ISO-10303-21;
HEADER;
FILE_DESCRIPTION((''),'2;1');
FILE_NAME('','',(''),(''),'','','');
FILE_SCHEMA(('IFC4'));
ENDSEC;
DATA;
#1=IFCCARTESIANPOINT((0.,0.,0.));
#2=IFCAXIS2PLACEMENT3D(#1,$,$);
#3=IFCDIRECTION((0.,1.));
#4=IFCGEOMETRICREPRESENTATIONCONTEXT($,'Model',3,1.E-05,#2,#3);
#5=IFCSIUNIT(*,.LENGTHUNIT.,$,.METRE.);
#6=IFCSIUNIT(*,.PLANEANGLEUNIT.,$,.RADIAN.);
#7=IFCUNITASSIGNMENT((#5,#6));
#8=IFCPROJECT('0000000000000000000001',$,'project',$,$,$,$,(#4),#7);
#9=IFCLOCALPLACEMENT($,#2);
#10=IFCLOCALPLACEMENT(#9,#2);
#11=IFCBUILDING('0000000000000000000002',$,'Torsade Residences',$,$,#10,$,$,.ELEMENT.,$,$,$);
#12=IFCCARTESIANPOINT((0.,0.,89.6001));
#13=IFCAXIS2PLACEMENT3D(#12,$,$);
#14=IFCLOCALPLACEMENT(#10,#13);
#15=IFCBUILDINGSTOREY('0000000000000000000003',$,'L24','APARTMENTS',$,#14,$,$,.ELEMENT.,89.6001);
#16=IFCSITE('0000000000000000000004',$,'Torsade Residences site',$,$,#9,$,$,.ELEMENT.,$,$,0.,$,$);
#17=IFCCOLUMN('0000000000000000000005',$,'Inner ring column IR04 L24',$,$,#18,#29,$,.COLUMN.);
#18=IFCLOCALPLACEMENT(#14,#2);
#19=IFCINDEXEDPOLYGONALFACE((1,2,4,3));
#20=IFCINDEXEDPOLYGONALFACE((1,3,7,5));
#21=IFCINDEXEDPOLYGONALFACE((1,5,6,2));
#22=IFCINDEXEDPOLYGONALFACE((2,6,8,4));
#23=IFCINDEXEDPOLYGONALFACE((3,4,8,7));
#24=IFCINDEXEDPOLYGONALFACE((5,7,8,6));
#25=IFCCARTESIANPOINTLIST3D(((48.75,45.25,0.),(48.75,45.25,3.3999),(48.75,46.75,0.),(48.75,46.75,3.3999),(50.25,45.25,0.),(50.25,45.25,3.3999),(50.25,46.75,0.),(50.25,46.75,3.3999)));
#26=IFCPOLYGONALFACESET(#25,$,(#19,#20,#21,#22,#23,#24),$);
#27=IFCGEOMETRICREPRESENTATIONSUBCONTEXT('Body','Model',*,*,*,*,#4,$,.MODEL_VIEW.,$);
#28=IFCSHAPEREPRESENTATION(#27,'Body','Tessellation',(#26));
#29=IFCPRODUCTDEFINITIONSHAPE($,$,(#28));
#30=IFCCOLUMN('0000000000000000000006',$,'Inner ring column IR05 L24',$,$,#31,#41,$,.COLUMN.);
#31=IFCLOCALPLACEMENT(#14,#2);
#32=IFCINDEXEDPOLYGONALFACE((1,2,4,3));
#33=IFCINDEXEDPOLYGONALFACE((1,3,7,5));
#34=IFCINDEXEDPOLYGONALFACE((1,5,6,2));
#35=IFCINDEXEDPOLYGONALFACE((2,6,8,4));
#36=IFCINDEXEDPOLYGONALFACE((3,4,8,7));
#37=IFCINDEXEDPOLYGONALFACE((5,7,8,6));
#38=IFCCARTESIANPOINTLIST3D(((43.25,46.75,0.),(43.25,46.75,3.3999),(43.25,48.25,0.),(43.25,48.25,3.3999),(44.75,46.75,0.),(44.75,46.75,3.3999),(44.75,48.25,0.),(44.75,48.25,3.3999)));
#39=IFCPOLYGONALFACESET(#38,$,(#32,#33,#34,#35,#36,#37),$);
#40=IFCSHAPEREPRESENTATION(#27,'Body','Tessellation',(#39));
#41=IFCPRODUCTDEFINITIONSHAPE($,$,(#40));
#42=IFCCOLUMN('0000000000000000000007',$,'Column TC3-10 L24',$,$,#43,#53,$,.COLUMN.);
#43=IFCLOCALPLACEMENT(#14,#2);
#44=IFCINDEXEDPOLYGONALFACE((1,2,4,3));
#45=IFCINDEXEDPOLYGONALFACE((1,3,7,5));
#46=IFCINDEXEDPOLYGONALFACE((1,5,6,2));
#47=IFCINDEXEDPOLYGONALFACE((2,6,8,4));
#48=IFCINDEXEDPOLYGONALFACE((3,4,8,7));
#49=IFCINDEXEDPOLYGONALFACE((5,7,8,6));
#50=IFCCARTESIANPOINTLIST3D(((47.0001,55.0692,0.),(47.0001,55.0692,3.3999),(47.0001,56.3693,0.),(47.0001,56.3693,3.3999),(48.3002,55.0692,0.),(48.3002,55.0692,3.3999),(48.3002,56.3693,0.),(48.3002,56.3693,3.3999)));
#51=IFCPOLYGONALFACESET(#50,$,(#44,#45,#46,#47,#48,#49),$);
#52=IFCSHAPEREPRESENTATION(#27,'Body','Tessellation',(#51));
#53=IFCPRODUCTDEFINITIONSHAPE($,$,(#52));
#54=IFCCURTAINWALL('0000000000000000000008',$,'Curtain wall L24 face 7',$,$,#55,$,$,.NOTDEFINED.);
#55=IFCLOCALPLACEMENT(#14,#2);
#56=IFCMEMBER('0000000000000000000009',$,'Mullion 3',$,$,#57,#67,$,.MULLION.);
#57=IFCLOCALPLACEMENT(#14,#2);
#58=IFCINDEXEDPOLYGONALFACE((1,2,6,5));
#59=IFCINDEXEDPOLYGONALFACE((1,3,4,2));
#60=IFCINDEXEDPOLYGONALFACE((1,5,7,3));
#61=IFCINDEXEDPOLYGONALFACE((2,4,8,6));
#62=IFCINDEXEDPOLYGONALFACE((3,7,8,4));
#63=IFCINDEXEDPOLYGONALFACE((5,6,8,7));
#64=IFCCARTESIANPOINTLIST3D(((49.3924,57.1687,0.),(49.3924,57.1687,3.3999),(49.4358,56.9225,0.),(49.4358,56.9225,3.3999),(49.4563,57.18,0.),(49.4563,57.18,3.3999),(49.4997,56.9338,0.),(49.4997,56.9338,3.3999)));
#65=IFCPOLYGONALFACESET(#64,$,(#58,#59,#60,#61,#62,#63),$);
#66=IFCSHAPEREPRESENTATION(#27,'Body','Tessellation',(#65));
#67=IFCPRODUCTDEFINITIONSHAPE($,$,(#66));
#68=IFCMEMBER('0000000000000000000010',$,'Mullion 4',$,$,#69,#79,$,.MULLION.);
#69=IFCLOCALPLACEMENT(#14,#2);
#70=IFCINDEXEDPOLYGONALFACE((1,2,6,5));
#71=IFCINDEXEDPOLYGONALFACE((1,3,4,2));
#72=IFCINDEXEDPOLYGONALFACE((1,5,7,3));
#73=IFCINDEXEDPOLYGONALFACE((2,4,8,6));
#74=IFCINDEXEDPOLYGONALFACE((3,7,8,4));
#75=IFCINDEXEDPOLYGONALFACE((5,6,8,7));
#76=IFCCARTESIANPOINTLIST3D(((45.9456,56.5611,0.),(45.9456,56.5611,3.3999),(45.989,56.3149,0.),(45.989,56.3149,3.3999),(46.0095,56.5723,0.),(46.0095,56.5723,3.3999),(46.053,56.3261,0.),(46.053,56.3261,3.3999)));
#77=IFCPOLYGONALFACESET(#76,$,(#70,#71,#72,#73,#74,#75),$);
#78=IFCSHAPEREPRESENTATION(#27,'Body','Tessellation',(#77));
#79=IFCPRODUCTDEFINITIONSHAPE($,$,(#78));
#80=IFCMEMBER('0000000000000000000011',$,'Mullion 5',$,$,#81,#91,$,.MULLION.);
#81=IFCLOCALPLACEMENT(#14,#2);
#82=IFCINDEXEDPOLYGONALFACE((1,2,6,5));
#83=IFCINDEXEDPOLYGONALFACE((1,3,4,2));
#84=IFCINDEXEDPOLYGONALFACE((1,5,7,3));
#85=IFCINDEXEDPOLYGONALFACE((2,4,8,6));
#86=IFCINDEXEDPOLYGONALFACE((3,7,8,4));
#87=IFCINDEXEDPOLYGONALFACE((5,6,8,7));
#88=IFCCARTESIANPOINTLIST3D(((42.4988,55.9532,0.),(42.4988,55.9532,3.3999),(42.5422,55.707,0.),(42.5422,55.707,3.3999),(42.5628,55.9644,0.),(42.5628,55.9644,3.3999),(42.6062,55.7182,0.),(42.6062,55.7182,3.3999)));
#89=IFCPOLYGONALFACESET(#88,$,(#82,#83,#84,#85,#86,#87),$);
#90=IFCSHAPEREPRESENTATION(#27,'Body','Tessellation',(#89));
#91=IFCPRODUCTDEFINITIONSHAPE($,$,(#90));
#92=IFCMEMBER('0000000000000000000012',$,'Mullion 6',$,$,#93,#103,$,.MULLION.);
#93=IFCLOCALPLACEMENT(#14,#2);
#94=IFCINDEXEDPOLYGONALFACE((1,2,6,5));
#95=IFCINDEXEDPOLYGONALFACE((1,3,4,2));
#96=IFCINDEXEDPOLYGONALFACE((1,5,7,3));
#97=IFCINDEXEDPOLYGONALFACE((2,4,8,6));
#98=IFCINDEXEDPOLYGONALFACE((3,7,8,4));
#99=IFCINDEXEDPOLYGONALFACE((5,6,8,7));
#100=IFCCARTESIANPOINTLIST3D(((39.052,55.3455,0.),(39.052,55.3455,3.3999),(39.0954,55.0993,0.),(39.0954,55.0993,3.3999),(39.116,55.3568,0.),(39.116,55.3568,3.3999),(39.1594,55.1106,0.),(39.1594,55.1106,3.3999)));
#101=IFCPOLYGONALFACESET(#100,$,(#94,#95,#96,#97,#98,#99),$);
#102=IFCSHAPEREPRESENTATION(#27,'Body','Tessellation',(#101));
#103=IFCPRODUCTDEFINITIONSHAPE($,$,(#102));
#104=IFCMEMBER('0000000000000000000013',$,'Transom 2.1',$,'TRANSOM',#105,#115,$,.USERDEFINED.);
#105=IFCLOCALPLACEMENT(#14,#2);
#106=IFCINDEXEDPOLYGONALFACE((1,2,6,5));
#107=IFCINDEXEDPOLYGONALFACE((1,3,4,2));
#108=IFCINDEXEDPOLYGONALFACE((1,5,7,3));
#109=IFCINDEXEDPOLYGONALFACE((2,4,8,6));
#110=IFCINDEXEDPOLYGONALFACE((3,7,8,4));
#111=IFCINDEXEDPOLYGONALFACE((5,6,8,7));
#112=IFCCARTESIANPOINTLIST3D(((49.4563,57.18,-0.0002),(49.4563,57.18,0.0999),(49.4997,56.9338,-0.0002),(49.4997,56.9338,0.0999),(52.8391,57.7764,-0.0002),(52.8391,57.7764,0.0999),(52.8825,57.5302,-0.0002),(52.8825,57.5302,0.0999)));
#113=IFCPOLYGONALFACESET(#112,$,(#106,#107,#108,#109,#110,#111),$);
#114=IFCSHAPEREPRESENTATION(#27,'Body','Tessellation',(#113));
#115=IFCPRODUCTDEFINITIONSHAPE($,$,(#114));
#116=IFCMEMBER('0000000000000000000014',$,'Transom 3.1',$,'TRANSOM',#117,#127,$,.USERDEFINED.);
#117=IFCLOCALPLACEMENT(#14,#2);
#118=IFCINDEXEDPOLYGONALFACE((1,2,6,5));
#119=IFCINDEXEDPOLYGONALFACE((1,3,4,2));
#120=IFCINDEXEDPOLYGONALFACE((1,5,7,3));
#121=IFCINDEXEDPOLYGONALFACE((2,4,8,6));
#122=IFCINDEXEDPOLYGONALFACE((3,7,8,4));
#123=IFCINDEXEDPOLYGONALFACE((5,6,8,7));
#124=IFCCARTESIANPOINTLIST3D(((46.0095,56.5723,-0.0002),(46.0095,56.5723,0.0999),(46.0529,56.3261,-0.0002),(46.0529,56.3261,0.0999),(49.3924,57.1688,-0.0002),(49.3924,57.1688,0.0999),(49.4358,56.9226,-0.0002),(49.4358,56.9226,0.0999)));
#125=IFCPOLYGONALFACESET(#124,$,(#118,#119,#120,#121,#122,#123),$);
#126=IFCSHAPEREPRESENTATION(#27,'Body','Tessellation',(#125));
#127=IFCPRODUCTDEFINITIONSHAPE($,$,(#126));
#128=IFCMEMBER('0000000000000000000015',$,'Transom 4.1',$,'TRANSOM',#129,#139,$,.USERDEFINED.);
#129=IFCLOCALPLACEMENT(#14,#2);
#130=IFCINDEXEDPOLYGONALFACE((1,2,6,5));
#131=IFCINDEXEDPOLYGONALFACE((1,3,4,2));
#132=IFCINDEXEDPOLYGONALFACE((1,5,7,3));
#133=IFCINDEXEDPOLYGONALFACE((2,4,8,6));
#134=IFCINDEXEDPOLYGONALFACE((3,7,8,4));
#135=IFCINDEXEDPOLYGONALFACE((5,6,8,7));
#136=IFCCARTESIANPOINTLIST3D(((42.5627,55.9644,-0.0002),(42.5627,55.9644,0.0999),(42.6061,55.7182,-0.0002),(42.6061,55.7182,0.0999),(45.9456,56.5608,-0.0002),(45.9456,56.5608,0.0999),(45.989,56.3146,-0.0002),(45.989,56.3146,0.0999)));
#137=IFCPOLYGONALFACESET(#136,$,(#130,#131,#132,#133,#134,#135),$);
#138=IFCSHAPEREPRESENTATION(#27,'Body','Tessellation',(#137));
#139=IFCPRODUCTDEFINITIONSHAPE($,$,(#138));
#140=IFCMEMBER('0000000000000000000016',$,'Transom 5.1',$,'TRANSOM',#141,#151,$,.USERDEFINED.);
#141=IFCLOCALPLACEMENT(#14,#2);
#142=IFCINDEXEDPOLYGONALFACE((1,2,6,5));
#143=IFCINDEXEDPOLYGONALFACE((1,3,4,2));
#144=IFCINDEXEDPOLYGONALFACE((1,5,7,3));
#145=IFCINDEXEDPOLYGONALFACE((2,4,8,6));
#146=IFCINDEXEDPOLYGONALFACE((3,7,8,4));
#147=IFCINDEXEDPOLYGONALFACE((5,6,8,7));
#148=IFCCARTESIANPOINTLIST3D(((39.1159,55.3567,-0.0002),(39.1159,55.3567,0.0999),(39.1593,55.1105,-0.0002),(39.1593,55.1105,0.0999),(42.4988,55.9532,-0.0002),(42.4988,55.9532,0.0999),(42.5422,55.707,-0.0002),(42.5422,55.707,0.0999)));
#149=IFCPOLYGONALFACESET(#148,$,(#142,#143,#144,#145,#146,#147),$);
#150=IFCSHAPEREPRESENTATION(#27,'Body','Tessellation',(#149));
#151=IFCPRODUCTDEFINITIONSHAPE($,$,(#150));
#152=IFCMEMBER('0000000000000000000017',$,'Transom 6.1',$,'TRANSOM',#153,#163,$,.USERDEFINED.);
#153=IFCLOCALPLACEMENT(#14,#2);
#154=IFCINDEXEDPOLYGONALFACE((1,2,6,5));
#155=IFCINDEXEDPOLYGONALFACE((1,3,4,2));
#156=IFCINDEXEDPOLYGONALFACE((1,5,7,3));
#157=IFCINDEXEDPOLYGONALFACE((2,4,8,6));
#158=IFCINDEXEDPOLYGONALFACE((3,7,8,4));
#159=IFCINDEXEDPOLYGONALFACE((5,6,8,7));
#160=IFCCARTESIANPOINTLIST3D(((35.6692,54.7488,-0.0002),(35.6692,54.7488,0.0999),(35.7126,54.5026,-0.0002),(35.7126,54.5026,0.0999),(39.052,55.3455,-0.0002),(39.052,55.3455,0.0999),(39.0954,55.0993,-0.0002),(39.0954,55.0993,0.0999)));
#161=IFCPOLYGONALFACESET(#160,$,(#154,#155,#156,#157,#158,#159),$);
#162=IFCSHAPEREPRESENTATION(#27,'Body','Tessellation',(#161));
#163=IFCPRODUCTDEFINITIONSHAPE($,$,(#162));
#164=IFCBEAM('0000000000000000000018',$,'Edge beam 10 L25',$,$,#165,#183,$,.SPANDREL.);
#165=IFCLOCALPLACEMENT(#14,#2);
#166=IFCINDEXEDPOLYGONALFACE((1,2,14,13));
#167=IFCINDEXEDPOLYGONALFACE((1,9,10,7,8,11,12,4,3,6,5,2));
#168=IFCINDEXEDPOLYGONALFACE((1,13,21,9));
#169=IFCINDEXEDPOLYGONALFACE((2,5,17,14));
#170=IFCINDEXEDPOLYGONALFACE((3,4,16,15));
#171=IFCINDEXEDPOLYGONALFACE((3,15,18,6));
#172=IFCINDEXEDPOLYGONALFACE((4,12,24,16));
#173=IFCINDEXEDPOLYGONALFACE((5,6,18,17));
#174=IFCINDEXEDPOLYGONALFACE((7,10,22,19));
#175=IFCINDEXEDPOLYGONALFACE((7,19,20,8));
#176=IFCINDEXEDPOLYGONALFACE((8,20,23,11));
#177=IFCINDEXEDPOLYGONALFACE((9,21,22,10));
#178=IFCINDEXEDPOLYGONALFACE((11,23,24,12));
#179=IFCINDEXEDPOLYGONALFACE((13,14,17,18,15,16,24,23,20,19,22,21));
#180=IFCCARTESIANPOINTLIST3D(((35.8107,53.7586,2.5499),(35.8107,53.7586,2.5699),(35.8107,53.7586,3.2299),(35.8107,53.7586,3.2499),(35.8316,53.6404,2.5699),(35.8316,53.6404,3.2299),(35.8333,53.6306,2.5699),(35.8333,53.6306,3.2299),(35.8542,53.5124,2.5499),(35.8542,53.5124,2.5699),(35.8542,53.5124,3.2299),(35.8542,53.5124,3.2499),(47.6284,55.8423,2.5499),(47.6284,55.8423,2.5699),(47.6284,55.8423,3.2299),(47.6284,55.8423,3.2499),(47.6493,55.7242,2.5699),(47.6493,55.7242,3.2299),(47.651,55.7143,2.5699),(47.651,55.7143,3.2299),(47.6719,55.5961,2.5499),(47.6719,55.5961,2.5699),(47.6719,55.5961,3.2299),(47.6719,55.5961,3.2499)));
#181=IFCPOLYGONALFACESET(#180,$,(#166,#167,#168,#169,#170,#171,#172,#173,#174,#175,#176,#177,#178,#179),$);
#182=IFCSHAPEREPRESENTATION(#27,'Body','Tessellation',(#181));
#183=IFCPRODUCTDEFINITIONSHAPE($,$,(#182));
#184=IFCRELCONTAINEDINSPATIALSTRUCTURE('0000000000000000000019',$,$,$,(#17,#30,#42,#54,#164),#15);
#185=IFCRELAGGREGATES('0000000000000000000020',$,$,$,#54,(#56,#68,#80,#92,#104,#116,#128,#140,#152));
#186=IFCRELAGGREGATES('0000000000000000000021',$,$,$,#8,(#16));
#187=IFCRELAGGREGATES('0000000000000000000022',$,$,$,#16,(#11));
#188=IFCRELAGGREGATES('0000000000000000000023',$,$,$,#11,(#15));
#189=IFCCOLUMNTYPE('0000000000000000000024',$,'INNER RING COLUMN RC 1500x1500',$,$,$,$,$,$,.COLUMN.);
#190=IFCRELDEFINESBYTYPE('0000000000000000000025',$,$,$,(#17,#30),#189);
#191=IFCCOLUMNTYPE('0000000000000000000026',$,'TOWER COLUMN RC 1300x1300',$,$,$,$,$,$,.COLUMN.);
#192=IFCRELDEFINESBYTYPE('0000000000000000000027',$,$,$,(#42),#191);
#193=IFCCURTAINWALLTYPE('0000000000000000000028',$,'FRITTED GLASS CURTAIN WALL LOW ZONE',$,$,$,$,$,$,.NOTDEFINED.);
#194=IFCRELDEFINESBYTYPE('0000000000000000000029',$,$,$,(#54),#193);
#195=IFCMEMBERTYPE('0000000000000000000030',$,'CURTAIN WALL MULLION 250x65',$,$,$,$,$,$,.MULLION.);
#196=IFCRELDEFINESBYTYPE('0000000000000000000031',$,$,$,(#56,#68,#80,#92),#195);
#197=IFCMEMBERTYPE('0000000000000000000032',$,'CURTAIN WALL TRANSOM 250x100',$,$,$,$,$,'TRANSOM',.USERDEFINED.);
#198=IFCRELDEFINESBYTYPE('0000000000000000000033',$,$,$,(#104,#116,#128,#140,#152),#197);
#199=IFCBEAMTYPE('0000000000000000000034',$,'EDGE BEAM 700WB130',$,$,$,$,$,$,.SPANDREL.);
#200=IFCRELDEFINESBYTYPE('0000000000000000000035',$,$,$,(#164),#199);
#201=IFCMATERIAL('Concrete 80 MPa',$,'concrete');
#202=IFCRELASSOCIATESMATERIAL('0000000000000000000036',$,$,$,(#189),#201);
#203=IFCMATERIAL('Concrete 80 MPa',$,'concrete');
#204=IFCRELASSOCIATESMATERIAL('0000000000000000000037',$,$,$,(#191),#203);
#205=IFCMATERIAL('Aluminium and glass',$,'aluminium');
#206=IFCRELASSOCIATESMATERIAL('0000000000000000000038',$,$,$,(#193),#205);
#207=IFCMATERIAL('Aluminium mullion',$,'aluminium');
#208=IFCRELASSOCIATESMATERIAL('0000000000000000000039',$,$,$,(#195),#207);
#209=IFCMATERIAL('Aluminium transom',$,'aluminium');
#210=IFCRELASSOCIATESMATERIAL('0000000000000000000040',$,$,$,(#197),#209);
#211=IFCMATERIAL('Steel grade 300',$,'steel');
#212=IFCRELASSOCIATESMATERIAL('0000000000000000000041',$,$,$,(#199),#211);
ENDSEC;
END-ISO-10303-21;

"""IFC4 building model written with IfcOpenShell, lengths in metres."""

from ifc_helpers import new_model, si_unit, direction, frame, origin, origin_2d, place, context, subcontext, project, spatial, rectangle, i_section, extrude, material, material_profile, profile_set, type_object, element, aggregate, save


model = new_model("IFC4")

# Units and contexts
model_context = context("Model", 3, precision=1e-05, world=origin(), true_north=direction((0.0, 1.0)))
body_context = subcontext(model_context, "Body", "Model", "MODEL_VIEW")
ifc_project = project(units=[si_unit("LENGTHUNIT", "METRE"), si_unit("PLANEANGLEUNIT", "RADIAN")], contexts=[model_context])

# Site, building, storey
site_placement = place(None, origin())
site = spatial("IfcSite", under=ifc_project, at=site_placement, Name="Torsade Residences site", CompositionType="ELEMENT", RefElevation=0.0)
building_placement = place(site_placement, origin())
building = spatial("IfcBuilding", under=site, at=building_placement, Name="Torsade Residences", CompositionType="ELEMENT")
storey_placement = place(building_placement, frame((0.0, 0.0, 89.6001)))
storey = spatial("IfcBuildingStorey", under=building, at=storey_placement, Name="L24", Description="APARTMENTS", CompositionType="ELEMENT", Elevation=89.6001)

# Columns
ifc_material_1 = material(Name="Concrete 80 MPa", Category="concrete")
ifc_material_profile_1 = material_profile(ifc_material_1, rectangle(XDim=1.5, YDim=1.5, at=origin_2d()), Name="RC 1500x1500")
ifc_profile_set_1 = profile_set([ifc_material_profile_1], Name="Concrete 80 MPa")
column_type_1 = type_object("IfcColumnType", Name="INNER RING COLUMN RC 1500x1500", PredefinedType="COLUMN", material=ifc_profile_set_1)
for number, where, z_axis, x_axis, name in (
    (1, (49.5, 46.0, 0.0), (0.0, 0.0, 1.0), (1.0, 0.0, 0.0), "Inner ring column IR04 L24"),
    (2, (44.0, 47.5, 0.0), (0.0, 0.0, 1.0), (1.0, 0.0, 0.0), "Inner ring column IR05 L24"),
):
    element("IfcColumn", number, at=place(storey_placement, frame(where, z_axis=z_axis, x_axis=x_axis)), inside=storey, type_object=column_type_1, Name=name, PredefinedType="COLUMN", context=body_context, shape_type="SweptSolid", body=[
        extrude(rectangle(XDim=1.5, YDim=1.5, at=origin_2d()), origin(), (0.0, 0.0, 1.0), 3.3999),
    ])
ifc_material_2 = material(Name="Concrete 80 MPa", Category="concrete")
ifc_material_profile_2 = material_profile(ifc_material_2, rectangle(XDim=1.3, YDim=1.3, at=origin_2d()), Name="RC 1300x1300")
ifc_profile_set_2 = profile_set([ifc_material_profile_2], Name="Concrete 80 MPa")
column_type_2 = type_object("IfcColumnType", Name="TOWER COLUMN RC 1300x1300", PredefinedType="COLUMN", material=ifc_profile_set_2)
column_placement = place(storey_placement, frame((47.6501, 55.7192, 0.0), z_axis=(0.0, 0.0, 1.0), x_axis=(1.0, 0.0, 0.0)))
element("IfcColumn", 3, at=column_placement, inside=storey, type_object=column_type_2, Name="Column TC3-10 L24", PredefinedType="COLUMN", context=body_context, shape_type="SweptSolid", body=[
    extrude(rectangle(XDim=1.3, YDim=1.3, at=origin_2d()), origin(), (0.0, 0.0, 1.0), 3.3999),
])

# Curtain wall, members
ifc_material_3 = material(Name="Aluminium and glass", Category="aluminium")
curtain_wall_type = type_object("IfcCurtainWallType", Name="FRITTED GLASS CURTAIN WALL LOW ZONE", PredefinedType="NOTDEFINED", material=ifc_material_3)
curtain_wall_placement = place(storey_placement, origin())
curtain_wall = element("IfcCurtainWall", 4, at=curtain_wall_placement, inside=storey, type_object=curtain_wall_type, Name="Curtain wall L24 face 7", PredefinedType="NOTDEFINED")
ifc_material_4 = material(Name="Aluminium mullion", Category="aluminium")
ifc_material_profile_3 = material_profile(ifc_material_4, rectangle(XDim=0.25, YDim=0.0649, at=origin_2d()), Name="CURTAIN WALL MULLION 250x65")
ifc_profile_set_3 = profile_set([ifc_material_profile_3], Name="Aluminium mullion")
member_type_1 = type_object("IfcMemberType", Name="CURTAIN WALL MULLION 250x65", PredefinedType="MULLION", material=ifc_profile_set_3)
member_1_placement = place(storey_placement, frame((49.446, 57.0513, 0.0), z_axis=(0.0, 0.0, 1.0), x_axis=(0.173648, -0.984808, 0.0)))
member_1 = element("IfcMember", 5, at=member_1_placement, type_object=member_type_1, Name="Mullion 3", PredefinedType="MULLION", context=body_context, shape_type="SweptSolid", body=[
    extrude(rectangle(XDim=0.25, YDim=0.0649, at=origin_2d()), origin(), (0.0, 0.0, 1.0), 3.3999),
])
member_2_placement = place(storey_placement, frame((45.9993, 56.4436, 0.0), z_axis=(0.0, 0.0, 1.0), x_axis=(0.173648, -0.984808, 0.0)))
member_2 = element("IfcMember", 6, at=member_2_placement, type_object=member_type_1, Name="Mullion 4", PredefinedType="MULLION", context=body_context, shape_type="SweptSolid", body=[
    extrude(rectangle(XDim=0.25, YDim=0.0649, at=origin_2d()), origin(), (0.0, 0.0, 1.0), 3.3999),
])
member_3_placement = place(storey_placement, frame((42.5525, 55.8357, 0.0), z_axis=(0.0, 0.0, 1.0), x_axis=(0.173648, -0.984808, 0.0)))
member_3 = element("IfcMember", 7, at=member_3_placement, type_object=member_type_1, Name="Mullion 5", PredefinedType="MULLION", context=body_context, shape_type="SweptSolid", body=[
    extrude(rectangle(XDim=0.25, YDim=0.0649, at=origin_2d()), origin(), (0.0, 0.0, 1.0), 3.3999),
])
member_4_placement = place(storey_placement, frame((39.1057, 55.228, 0.0), z_axis=(0.0, 0.0, 1.0), x_axis=(0.173648, -0.984808, 0.0)))
member_4 = element("IfcMember", 8, at=member_4_placement, type_object=member_type_1, Name="Mullion 6", PredefinedType="MULLION", context=body_context, shape_type="SweptSolid", body=[
    extrude(rectangle(XDim=0.25, YDim=0.0649, at=origin_2d()), origin(), (0.0, 0.0, 1.0), 3.3999),
])
ifc_material_5 = material(Name="Aluminium transom", Category="aluminium")
ifc_material_profile_4 = material_profile(ifc_material_5, rectangle(XDim=0.25, YDim=0.1001, at=origin_2d()), Name="CURTAIN WALL TRANSOM 250x100")
ifc_profile_set_4 = profile_set([ifc_material_profile_4], Name="Aluminium transom")
member_type_2 = type_object("IfcMemberType", Name="CURTAIN WALL TRANSOM 250x100", ElementType="TRANSOM", PredefinedType="USERDEFINED", material=ifc_profile_set_4)
member_5_placement = place(storey_placement, frame((52.8608, 57.6533, 0.0498), z_axis=(-0.98481, -0.173635, 0.0), x_axis=(0.173635, -0.98481, 0.0)))
member_5 = element("IfcMember", 9, at=member_5_placement, type_object=member_type_2, Name="Transom 2.1", ObjectType="TRANSOM", PredefinedType="USERDEFINED", context=body_context, shape_type="SweptSolid", body=[
    extrude(rectangle(XDim=0.25, YDim=0.1001, at=origin_2d()), origin(), (0.0, 0.0, 1.0), 3.4351),
])
member_6_placement = place(storey_placement, frame((49.4141, 57.0457, 0.0498), z_axis=(-0.98481, -0.173635, 0.0), x_axis=(0.173635, -0.98481, 0.0)))
member_6 = element("IfcMember", 10, at=member_6_placement, type_object=member_type_2, Name="Transom 3.1", ObjectType="TRANSOM", PredefinedType="USERDEFINED", context=body_context, shape_type="SweptSolid", body=[
    extrude(rectangle(XDim=0.25, YDim=0.1001, at=origin_2d()), origin(), (0.0, 0.0, 1.0), 3.4351),
])
member_7_placement = place(storey_placement, frame((45.9673, 56.4377, 0.0498), z_axis=(-0.98481, -0.173635, 0.0), x_axis=(0.173635, -0.98481, 0.0)))
member_7 = element("IfcMember", 11, at=member_7_placement, type_object=member_type_2, Name="Transom 4.1", ObjectType="TRANSOM", PredefinedType="USERDEFINED", context=body_context, shape_type="SweptSolid", body=[
    extrude(rectangle(XDim=0.25, YDim=0.1001, at=origin_2d()), origin(), (0.0, 0.0, 1.0), 3.4351),
])
member_8_placement = place(storey_placement, frame((42.5205, 55.8301, 0.0498), z_axis=(-0.98481, -0.173635, 0.0), x_axis=(0.173635, -0.98481, 0.0)))
member_8 = element("IfcMember", 12, at=member_8_placement, type_object=member_type_2, Name="Transom 5.1", ObjectType="TRANSOM", PredefinedType="USERDEFINED", context=body_context, shape_type="SweptSolid", body=[
    extrude(rectangle(XDim=0.25, YDim=0.1001, at=origin_2d()), origin(), (0.0, 0.0, 1.0), 3.4351),
])
member_9_placement = place(storey_placement, frame((39.0737, 55.2224, 0.0498), z_axis=(-0.984798, -0.173704, 0.0), x_axis=(0.173704, -0.984798, 0.0)))
member_9 = element("IfcMember", 13, at=member_9_placement, type_object=member_type_2, Name="Transom 6.1", ObjectType="TRANSOM", PredefinedType="USERDEFINED", context=body_context, shape_type="SweptSolid", body=[
    extrude(rectangle(XDim=0.25, YDim=0.1001, at=origin_2d()), origin(), (0.0, 0.0, 1.0), 3.4351),
])

# Beam
ifc_material_6 = material(Name="Steel grade 300", Category="steel")
ifc_material_profile_5 = material_profile(ifc_material_6, i_section(OverallWidth=0.25, OverallDepth=0.7, WebThickness=0.01, FlangeThickness=0.02, at=origin_2d()), Name="700WB130")
ifc_profile_set_5 = profile_set([ifc_material_profile_5], Name="Steel grade 300")
beam_type_1 = type_object("IfcBeamType", Name="EDGE BEAM 700WB130", PredefinedType="SPANDREL", material=ifc_profile_set_5)
beam_1_placement = place(storey_placement, frame((47.6501, 55.7192, 2.8999), z_axis=(-0.984808, -0.173646, 0.0), x_axis=(0.173646, -0.984808, 0.0)))
element("IfcBeam", 14, at=beam_1_placement, inside=storey, type_object=beam_type_1, Name="Edge beam 10 L25", PredefinedType="SPANDREL", context=body_context, shape_type="SweptSolid", body=[
    extrude(i_section(OverallWidth=0.25, OverallDepth=0.7, WebThickness=0.01, FlangeThickness=0.02, at=origin_2d()), origin(), (0.0, 0.0, 1.0), 12.0),
])

aggregate(curtain_wall, [member_1, member_2, member_3, member_4, member_5, member_6, member_7, member_8, member_9])

save(model, "model.ifc")
